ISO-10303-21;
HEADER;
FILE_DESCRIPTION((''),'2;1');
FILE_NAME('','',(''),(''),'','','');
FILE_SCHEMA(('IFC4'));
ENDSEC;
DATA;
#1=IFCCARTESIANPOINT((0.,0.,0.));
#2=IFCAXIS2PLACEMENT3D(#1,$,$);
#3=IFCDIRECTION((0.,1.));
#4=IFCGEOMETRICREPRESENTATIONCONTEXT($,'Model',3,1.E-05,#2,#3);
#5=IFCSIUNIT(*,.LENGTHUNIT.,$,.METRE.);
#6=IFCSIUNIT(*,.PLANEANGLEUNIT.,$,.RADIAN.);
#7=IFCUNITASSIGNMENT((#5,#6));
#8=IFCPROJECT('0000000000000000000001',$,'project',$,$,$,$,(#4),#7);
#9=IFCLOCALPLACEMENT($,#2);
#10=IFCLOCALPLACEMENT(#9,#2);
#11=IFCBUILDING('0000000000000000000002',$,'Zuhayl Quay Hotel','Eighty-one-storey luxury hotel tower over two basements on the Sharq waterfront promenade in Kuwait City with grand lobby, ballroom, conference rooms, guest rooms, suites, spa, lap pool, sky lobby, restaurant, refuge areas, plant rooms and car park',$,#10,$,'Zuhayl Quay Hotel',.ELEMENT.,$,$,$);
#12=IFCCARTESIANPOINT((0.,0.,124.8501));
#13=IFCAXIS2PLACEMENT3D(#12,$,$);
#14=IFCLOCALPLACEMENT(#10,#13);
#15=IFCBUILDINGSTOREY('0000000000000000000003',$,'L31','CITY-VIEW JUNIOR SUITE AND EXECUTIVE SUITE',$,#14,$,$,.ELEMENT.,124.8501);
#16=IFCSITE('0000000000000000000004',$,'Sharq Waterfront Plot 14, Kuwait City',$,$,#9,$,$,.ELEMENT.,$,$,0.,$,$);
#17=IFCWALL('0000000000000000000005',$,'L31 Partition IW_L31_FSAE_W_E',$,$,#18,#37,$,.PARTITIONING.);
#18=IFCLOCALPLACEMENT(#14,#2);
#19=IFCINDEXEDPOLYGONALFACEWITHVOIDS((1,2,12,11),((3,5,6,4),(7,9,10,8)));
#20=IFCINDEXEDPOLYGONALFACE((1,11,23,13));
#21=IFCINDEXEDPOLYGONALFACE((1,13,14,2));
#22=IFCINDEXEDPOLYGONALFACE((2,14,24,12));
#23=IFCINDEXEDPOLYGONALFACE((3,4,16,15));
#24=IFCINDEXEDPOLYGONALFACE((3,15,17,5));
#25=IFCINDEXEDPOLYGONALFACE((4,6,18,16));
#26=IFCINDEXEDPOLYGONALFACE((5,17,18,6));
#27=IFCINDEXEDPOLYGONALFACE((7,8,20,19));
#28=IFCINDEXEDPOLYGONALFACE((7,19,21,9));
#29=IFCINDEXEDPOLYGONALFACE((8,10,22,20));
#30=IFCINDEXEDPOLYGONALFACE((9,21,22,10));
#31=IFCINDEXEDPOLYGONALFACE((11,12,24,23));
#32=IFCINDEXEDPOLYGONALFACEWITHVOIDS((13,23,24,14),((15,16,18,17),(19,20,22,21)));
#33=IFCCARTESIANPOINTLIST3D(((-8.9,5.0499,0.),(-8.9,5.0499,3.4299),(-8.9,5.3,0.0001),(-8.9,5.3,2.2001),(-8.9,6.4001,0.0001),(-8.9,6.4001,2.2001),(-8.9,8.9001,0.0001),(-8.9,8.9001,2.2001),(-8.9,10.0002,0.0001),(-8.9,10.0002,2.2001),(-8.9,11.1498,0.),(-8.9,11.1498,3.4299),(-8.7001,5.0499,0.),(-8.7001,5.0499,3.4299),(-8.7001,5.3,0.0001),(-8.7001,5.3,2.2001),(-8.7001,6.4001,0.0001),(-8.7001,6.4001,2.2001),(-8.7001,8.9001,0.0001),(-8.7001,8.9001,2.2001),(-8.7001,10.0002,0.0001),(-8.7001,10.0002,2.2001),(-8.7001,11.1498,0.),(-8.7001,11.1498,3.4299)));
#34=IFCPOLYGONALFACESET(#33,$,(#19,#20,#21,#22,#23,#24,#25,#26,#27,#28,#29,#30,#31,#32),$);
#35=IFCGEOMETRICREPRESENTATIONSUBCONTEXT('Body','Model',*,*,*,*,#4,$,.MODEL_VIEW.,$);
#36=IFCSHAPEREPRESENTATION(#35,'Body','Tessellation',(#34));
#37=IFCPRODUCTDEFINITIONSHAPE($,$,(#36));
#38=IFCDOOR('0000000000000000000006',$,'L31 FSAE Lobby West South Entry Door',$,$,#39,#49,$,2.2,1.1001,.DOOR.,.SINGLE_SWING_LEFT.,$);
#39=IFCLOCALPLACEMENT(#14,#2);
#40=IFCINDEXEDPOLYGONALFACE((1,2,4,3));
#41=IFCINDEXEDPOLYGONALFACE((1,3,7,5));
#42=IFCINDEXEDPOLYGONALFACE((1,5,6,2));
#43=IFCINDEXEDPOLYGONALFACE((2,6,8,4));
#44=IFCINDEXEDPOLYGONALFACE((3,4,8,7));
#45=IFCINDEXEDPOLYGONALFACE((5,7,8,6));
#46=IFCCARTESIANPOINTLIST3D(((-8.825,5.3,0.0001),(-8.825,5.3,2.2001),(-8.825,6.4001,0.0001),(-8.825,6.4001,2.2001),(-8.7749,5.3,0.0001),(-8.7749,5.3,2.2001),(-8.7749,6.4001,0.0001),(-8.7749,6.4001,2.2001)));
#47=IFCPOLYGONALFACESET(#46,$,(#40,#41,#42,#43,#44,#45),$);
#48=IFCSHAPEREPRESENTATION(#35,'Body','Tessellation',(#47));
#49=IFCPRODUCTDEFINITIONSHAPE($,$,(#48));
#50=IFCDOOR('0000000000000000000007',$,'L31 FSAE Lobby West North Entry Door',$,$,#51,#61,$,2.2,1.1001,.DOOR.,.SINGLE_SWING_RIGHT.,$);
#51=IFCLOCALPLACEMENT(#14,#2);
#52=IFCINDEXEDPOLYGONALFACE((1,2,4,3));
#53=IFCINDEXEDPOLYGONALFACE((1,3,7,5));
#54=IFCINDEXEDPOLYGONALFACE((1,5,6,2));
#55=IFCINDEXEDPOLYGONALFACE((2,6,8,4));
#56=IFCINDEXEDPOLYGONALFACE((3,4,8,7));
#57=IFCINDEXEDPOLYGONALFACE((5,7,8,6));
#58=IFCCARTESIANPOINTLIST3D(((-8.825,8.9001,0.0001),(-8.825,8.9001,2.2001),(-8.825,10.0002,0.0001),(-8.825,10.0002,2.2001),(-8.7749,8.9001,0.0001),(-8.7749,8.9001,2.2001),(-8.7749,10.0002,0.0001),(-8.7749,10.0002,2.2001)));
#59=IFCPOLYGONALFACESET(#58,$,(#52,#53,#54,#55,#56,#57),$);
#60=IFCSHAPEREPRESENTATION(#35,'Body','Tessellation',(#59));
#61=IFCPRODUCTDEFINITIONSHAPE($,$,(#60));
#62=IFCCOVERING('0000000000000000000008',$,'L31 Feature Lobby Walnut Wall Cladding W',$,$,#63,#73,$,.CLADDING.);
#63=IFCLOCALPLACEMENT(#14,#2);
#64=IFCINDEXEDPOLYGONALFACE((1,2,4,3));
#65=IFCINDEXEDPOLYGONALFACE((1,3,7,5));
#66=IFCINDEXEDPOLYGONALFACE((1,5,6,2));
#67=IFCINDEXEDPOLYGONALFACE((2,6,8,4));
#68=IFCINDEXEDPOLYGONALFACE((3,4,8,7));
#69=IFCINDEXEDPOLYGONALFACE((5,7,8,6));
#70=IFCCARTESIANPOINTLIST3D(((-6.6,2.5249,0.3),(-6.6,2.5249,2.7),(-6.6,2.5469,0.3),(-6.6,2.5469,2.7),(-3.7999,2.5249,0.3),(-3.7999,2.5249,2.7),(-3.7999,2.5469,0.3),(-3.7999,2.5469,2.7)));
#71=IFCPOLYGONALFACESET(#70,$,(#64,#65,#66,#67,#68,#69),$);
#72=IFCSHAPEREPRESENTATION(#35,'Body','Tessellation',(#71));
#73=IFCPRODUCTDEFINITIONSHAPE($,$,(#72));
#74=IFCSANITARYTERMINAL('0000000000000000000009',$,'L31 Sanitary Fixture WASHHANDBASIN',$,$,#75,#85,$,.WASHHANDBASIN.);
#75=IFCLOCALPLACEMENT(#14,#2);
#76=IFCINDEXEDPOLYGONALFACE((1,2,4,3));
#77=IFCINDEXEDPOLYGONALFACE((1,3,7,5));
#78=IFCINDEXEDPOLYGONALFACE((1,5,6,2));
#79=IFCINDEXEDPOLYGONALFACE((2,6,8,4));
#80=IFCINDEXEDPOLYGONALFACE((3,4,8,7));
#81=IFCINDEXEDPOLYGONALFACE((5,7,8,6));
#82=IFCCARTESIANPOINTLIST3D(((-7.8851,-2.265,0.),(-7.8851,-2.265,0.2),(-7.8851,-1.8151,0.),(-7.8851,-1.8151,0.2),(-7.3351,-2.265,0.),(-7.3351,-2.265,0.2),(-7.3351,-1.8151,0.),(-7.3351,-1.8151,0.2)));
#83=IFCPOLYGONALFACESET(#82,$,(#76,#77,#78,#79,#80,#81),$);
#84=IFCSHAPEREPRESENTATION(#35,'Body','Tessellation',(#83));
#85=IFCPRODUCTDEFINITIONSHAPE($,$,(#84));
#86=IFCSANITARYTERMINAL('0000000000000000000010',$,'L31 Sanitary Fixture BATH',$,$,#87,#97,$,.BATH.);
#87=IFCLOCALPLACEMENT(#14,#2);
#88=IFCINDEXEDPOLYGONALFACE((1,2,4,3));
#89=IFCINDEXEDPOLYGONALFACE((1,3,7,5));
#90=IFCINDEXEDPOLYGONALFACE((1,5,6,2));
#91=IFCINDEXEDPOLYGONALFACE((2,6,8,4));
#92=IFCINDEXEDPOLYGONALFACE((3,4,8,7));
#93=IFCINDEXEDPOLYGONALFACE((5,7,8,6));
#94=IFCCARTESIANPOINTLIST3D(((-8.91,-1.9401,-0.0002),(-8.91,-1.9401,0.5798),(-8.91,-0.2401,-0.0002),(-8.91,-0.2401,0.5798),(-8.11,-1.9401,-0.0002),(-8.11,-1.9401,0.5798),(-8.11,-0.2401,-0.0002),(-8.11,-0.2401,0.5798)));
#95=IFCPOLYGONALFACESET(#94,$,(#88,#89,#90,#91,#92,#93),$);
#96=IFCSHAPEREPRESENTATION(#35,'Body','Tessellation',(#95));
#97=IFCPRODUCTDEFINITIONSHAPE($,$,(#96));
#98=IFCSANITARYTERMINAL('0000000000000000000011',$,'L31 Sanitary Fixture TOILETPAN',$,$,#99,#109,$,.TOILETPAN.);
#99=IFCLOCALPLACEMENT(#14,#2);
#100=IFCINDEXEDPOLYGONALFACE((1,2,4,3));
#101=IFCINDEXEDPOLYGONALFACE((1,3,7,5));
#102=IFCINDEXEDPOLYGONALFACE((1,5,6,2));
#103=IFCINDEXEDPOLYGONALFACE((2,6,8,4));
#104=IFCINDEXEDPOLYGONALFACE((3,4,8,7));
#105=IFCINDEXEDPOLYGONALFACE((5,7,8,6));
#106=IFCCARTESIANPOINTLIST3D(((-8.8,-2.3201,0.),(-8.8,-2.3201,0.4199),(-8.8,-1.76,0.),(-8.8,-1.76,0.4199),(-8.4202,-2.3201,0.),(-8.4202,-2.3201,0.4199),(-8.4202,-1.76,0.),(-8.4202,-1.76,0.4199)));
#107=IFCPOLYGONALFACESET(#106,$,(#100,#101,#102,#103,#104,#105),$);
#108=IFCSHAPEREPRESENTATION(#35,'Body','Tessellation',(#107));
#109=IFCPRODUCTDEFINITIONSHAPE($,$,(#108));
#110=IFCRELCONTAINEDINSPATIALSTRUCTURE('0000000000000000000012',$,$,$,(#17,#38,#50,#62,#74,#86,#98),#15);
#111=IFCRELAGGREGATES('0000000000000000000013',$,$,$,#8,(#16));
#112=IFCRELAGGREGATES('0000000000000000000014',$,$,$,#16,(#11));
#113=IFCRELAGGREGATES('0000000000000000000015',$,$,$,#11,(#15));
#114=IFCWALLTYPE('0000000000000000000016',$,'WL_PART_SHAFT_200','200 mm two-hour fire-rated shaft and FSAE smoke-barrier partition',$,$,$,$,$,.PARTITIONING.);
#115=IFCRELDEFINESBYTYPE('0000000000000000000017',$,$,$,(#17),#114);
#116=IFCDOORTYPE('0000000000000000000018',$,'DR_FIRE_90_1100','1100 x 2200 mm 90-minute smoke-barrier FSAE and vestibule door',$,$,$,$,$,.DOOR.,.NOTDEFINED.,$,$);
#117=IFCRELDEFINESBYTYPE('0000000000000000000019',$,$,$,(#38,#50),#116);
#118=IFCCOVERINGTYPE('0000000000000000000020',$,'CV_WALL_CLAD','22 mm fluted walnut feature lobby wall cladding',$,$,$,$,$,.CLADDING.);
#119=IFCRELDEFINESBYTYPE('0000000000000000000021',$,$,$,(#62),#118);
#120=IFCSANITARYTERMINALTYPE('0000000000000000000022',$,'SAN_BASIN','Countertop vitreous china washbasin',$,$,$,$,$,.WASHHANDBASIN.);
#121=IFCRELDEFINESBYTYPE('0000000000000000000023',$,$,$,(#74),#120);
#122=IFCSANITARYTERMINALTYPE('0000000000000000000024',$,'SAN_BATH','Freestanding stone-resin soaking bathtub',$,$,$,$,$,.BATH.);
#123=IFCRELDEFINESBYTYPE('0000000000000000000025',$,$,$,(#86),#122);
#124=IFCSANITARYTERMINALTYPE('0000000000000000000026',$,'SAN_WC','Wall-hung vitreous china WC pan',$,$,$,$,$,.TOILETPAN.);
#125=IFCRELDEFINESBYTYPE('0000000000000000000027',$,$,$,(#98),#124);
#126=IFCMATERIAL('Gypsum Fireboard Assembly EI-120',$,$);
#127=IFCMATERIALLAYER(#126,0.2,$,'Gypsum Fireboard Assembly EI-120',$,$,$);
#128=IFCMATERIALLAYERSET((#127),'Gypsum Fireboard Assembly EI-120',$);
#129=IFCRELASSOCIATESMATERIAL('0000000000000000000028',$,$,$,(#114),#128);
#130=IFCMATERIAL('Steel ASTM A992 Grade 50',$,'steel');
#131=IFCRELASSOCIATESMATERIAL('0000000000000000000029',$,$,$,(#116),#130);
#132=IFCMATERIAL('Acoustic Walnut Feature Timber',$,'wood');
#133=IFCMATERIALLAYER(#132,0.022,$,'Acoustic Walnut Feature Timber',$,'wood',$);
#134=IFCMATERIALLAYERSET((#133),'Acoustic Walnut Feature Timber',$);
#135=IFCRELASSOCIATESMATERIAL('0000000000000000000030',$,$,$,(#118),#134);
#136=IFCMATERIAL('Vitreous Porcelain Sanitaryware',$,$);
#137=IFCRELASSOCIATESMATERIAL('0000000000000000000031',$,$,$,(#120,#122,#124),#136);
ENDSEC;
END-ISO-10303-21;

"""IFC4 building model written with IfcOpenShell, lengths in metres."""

from ifc_helpers import new_model, si_unit, direction, frame, frame_2d, origin, origin_2d, place, context, subcontext, project, spatial, rectangle, extrude, material, layer, layer_set, type_object, element, fill, save


model = new_model("IFC4")

# Units and contexts
model_context = context("Model", 3, precision=1e-05, world=origin(), true_north=direction((0.0, 1.0)))
body_context = subcontext(model_context, "Body", "Model", "MODEL_VIEW")
ifc_project = project(units=[si_unit("LENGTHUNIT", "METRE"), si_unit("PLANEANGLEUNIT", "RADIAN")], contexts=[model_context])

# Site, building, storey
site_placement = place(None, origin())
site = spatial("IfcSite", under=ifc_project, at=site_placement, Name="Sharq Waterfront Plot 14, Kuwait City", CompositionType="ELEMENT", RefElevation=0.0)
building_placement = place(site_placement, origin())
building = spatial("IfcBuilding", under=site, at=building_placement, Name="Zuhayl Quay Hotel", Description="Eighty-one-storey luxury hotel tower over two basements on the Sharq waterfront promenade in Kuwait City with grand lobby, ballroom, conference rooms, guest rooms, suites, spa, lap pool, sky lobby, restaurant, refuge areas, plant rooms and car park", LongName="Zuhayl Quay Hotel", CompositionType="ELEMENT")
storey_placement = place(building_placement, frame((0.0, 0.0, 124.8501)))
storey = spatial("IfcBuildingStorey", under=building, at=storey_placement, Name="L31", Description="CITY-VIEW JUNIOR SUITE AND EXECUTIVE SUITE", CompositionType="ELEMENT", Elevation=124.8501)

# Shared definitions
ifc_material_1 = material(Name="Steel ASTM A992 Grade 50", Category="steel")

# Wall, openings, doors
ifc_material_2 = material(Name="Gypsum Fireboard Assembly EI-120")
ifc_layer_1 = layer(ifc_material_2, 0.2, Name="Gypsum Fireboard Assembly EI-120")
ifc_layer_set_1 = layer_set([ifc_layer_1], Name="Gypsum Fireboard Assembly EI-120")
wall_type_1 = type_object("IfcWallType", Name="WL_PART_SHAFT_200", Description="200 mm two-hour fire-rated shaft and FSAE smoke-barrier partition", PredefinedType="PARTITIONING", material=ifc_layer_set_1)
wall_1_placement = place(storey_placement, frame((-8.8, 5.05, 0.0), z_axis=(0.0, 0.0, 1.0), x_axis=(0.0, 1.0, 0.0)))
wall_1 = element("IfcWall", 1, at=wall_1_placement, inside=storey, type_object=wall_type_1, Name="L31 Partition IW_L31_FSAE_W_E", PredefinedType="PARTITIONING", context=body_context, shape_type="SweptSolid", body=[
    extrude(rectangle(XDim=6.0999, YDim=0.2, at=frame_2d((3.0498, 0.0))), origin(), (0.0, 0.0, 1.0), 3.4299),
])
opening_1_placement = place(wall_1_placement, frame((0.25, 0.0, 0.0)))
opening_1 = element("IfcOpeningElement", 2, at=opening_1_placement, cuts=wall_1, PredefinedType="OPENING", context=body_context, shape_type="SweptSolid", body=[
    extrude(rectangle(XDim=1.1001, YDim=2.2, at=frame_2d((0.55, 1.1001))), frame((0.0, 0.1099, 0.0), z_axis=(0.0, -1.0, 0.0), x_axis=(1.0, 0.0, 0.0)), (0.0, 0.0, 1.0), 0.22),
])
opening_2_placement = place(wall_1_placement, frame((3.8501, 0.0, 0.0)))
opening_2 = element("IfcOpeningElement", 3, at=opening_2_placement, cuts=wall_1, PredefinedType="OPENING", context=body_context, shape_type="SweptSolid", body=[
    extrude(rectangle(XDim=1.1001, YDim=2.2, at=frame_2d((0.55, 1.1001))), frame((0.0, 0.1099, 0.0), z_axis=(0.0, -1.0, 0.0), x_axis=(1.0, 0.0, 0.0)), (0.0, 0.0, 1.0), 0.22),
])
door_type_1 = type_object("IfcDoorType", Name="DR_FIRE_90_1100", Description="1100 x 2200 mm 90-minute smoke-barrier FSAE and vestibule door", OperationType="NOTDEFINED", PredefinedType="DOOR", material=ifc_material_1)
door_1_placement = place(opening_1_placement, origin())
door_1 = element("IfcDoor", 4, at=door_1_placement, inside=storey, type_object=door_type_1, Name="L31 FSAE Lobby West South Entry Door", OperationType="SINGLE_SWING_LEFT", OverallHeight=2.2, OverallWidth=1.1001, PredefinedType="DOOR", context=body_context, shape_type="SweptSolid", body=[
    extrude(rectangle(XDim=1.1001, YDim=2.2, at=frame_2d((0.55, 1.1001))), frame((0.0, 0.0249, 0.0), z_axis=(0.0, -1.0, 0.0), x_axis=(1.0, 0.0, 0.0)), (0.0, 0.0, 1.0), 0.05),
])
fill(opening_1, door_1)
door_2_placement = place(opening_2_placement, origin())
door_2 = element("IfcDoor", 5, at=door_2_placement, inside=storey, type_object=door_type_1, Name="L31 FSAE Lobby West North Entry Door", OperationType="SINGLE_SWING_RIGHT", OverallHeight=2.2, OverallWidth=1.1001, PredefinedType="DOOR", context=body_context, shape_type="SweptSolid", body=[
    extrude(rectangle(XDim=1.1001, YDim=2.2, at=frame_2d((0.55, 1.1001))), frame((0.0, 0.0249, 0.0), z_axis=(0.0, -1.0, 0.0), x_axis=(1.0, 0.0, 0.0)), (0.0, 0.0, 1.0), 0.05),
])
fill(opening_2, door_2)

# Covering
ifc_material_3 = material(Name="Acoustic Walnut Feature Timber", Category="wood")
ifc_layer_2 = layer(ifc_material_3, 0.022, Name="Acoustic Walnut Feature Timber", Category="wood")
ifc_layer_set_2 = layer_set([ifc_layer_2], Name="Acoustic Walnut Feature Timber")
covering_type = type_object("IfcCoveringType", Name="CV_WALL_CLAD", Description="22 mm fluted walnut feature lobby wall cladding", PredefinedType="CLADDING", material=ifc_layer_set_2)
covering_placement = place(storey_placement, frame((-5.2, 2.5359, 0.3), z_axis=(0.0, 0.0, 1.0), x_axis=(1.0, 0.0, 0.0)))
element("IfcCovering", 6, at=covering_placement, inside=storey, type_object=covering_type, Name="L31 Feature Lobby Walnut Wall Cladding W", PredefinedType="CLADDING", context=body_context, shape_type="SweptSolid", body=[
    extrude(rectangle(XDim=2.8, YDim=0.022, at=origin_2d()), origin(), (0.0, 0.0, 1.0), 2.3999),
])

# Sanitary terminals
ifc_material_4 = material(Name="Vitreous Porcelain Sanitaryware")
sanitary_terminal_type_1 = type_object("IfcSanitaryTerminalType", Name="SAN_BASIN", Description="Countertop vitreous china washbasin", PredefinedType="WASHHANDBASIN", material=ifc_material_4)
sanitary_terminal_1_placement = place(storey_placement, frame((-7.6101, -2.04, 0.0), z_axis=(0.0, 0.0, 1.0), x_axis=(1.0, 0.0, 0.0)))
element("IfcSanitaryTerminal", 7, at=sanitary_terminal_1_placement, inside=storey, type_object=sanitary_terminal_type_1, Name="L31 Sanitary Fixture WASHHANDBASIN", PredefinedType="WASHHANDBASIN", context=body_context, shape_type="SweptSolid", body=[
    extrude(rectangle(XDim=0.55, YDim=0.45, at=origin_2d()), origin(), (0.0, 0.0, 1.0), 0.2),
])
sanitary_terminal_type_2 = type_object("IfcSanitaryTerminalType", Name="SAN_BATH", Description="Freestanding stone-resin soaking bathtub", PredefinedType="BATH", material=ifc_material_4)
sanitary_terminal_2_placement = place(storey_placement, frame((-8.51, -1.0901, -0.0002), z_axis=(0.0, 0.0, 1.0), x_axis=(1.0, 0.0, 0.0)))
element("IfcSanitaryTerminal", 8, at=sanitary_terminal_2_placement, inside=storey, type_object=sanitary_terminal_type_2, Name="L31 Sanitary Fixture BATH", PredefinedType="BATH", context=body_context, shape_type="SweptSolid", body=[
    extrude(rectangle(XDim=0.8, YDim=1.7, at=origin_2d()), origin(), (0.0, 0.0, 1.0), 0.5801),
])
sanitary_terminal_type_3 = type_object("IfcSanitaryTerminalType", Name="SAN_WC", Description="Wall-hung vitreous china WC pan", PredefinedType="TOILETPAN", material=ifc_material_4)
sanitary_terminal_3_placement = place(storey_placement, frame((-8.6101, -2.04, 0.0), z_axis=(0.0, 0.0, 1.0), x_axis=(1.0, 0.0, 0.0)))
element("IfcSanitaryTerminal", 9, at=sanitary_terminal_3_placement, inside=storey, type_object=sanitary_terminal_type_3, Name="L31 Sanitary Fixture TOILETPAN", PredefinedType="TOILETPAN", context=body_context, shape_type="SweptSolid", body=[
    extrude(rectangle(XDim=0.3799, YDim=0.5601, at=origin_2d()), origin(), (0.0, 0.0, 1.0), 0.4199),
])

save(model, "model.ifc")
